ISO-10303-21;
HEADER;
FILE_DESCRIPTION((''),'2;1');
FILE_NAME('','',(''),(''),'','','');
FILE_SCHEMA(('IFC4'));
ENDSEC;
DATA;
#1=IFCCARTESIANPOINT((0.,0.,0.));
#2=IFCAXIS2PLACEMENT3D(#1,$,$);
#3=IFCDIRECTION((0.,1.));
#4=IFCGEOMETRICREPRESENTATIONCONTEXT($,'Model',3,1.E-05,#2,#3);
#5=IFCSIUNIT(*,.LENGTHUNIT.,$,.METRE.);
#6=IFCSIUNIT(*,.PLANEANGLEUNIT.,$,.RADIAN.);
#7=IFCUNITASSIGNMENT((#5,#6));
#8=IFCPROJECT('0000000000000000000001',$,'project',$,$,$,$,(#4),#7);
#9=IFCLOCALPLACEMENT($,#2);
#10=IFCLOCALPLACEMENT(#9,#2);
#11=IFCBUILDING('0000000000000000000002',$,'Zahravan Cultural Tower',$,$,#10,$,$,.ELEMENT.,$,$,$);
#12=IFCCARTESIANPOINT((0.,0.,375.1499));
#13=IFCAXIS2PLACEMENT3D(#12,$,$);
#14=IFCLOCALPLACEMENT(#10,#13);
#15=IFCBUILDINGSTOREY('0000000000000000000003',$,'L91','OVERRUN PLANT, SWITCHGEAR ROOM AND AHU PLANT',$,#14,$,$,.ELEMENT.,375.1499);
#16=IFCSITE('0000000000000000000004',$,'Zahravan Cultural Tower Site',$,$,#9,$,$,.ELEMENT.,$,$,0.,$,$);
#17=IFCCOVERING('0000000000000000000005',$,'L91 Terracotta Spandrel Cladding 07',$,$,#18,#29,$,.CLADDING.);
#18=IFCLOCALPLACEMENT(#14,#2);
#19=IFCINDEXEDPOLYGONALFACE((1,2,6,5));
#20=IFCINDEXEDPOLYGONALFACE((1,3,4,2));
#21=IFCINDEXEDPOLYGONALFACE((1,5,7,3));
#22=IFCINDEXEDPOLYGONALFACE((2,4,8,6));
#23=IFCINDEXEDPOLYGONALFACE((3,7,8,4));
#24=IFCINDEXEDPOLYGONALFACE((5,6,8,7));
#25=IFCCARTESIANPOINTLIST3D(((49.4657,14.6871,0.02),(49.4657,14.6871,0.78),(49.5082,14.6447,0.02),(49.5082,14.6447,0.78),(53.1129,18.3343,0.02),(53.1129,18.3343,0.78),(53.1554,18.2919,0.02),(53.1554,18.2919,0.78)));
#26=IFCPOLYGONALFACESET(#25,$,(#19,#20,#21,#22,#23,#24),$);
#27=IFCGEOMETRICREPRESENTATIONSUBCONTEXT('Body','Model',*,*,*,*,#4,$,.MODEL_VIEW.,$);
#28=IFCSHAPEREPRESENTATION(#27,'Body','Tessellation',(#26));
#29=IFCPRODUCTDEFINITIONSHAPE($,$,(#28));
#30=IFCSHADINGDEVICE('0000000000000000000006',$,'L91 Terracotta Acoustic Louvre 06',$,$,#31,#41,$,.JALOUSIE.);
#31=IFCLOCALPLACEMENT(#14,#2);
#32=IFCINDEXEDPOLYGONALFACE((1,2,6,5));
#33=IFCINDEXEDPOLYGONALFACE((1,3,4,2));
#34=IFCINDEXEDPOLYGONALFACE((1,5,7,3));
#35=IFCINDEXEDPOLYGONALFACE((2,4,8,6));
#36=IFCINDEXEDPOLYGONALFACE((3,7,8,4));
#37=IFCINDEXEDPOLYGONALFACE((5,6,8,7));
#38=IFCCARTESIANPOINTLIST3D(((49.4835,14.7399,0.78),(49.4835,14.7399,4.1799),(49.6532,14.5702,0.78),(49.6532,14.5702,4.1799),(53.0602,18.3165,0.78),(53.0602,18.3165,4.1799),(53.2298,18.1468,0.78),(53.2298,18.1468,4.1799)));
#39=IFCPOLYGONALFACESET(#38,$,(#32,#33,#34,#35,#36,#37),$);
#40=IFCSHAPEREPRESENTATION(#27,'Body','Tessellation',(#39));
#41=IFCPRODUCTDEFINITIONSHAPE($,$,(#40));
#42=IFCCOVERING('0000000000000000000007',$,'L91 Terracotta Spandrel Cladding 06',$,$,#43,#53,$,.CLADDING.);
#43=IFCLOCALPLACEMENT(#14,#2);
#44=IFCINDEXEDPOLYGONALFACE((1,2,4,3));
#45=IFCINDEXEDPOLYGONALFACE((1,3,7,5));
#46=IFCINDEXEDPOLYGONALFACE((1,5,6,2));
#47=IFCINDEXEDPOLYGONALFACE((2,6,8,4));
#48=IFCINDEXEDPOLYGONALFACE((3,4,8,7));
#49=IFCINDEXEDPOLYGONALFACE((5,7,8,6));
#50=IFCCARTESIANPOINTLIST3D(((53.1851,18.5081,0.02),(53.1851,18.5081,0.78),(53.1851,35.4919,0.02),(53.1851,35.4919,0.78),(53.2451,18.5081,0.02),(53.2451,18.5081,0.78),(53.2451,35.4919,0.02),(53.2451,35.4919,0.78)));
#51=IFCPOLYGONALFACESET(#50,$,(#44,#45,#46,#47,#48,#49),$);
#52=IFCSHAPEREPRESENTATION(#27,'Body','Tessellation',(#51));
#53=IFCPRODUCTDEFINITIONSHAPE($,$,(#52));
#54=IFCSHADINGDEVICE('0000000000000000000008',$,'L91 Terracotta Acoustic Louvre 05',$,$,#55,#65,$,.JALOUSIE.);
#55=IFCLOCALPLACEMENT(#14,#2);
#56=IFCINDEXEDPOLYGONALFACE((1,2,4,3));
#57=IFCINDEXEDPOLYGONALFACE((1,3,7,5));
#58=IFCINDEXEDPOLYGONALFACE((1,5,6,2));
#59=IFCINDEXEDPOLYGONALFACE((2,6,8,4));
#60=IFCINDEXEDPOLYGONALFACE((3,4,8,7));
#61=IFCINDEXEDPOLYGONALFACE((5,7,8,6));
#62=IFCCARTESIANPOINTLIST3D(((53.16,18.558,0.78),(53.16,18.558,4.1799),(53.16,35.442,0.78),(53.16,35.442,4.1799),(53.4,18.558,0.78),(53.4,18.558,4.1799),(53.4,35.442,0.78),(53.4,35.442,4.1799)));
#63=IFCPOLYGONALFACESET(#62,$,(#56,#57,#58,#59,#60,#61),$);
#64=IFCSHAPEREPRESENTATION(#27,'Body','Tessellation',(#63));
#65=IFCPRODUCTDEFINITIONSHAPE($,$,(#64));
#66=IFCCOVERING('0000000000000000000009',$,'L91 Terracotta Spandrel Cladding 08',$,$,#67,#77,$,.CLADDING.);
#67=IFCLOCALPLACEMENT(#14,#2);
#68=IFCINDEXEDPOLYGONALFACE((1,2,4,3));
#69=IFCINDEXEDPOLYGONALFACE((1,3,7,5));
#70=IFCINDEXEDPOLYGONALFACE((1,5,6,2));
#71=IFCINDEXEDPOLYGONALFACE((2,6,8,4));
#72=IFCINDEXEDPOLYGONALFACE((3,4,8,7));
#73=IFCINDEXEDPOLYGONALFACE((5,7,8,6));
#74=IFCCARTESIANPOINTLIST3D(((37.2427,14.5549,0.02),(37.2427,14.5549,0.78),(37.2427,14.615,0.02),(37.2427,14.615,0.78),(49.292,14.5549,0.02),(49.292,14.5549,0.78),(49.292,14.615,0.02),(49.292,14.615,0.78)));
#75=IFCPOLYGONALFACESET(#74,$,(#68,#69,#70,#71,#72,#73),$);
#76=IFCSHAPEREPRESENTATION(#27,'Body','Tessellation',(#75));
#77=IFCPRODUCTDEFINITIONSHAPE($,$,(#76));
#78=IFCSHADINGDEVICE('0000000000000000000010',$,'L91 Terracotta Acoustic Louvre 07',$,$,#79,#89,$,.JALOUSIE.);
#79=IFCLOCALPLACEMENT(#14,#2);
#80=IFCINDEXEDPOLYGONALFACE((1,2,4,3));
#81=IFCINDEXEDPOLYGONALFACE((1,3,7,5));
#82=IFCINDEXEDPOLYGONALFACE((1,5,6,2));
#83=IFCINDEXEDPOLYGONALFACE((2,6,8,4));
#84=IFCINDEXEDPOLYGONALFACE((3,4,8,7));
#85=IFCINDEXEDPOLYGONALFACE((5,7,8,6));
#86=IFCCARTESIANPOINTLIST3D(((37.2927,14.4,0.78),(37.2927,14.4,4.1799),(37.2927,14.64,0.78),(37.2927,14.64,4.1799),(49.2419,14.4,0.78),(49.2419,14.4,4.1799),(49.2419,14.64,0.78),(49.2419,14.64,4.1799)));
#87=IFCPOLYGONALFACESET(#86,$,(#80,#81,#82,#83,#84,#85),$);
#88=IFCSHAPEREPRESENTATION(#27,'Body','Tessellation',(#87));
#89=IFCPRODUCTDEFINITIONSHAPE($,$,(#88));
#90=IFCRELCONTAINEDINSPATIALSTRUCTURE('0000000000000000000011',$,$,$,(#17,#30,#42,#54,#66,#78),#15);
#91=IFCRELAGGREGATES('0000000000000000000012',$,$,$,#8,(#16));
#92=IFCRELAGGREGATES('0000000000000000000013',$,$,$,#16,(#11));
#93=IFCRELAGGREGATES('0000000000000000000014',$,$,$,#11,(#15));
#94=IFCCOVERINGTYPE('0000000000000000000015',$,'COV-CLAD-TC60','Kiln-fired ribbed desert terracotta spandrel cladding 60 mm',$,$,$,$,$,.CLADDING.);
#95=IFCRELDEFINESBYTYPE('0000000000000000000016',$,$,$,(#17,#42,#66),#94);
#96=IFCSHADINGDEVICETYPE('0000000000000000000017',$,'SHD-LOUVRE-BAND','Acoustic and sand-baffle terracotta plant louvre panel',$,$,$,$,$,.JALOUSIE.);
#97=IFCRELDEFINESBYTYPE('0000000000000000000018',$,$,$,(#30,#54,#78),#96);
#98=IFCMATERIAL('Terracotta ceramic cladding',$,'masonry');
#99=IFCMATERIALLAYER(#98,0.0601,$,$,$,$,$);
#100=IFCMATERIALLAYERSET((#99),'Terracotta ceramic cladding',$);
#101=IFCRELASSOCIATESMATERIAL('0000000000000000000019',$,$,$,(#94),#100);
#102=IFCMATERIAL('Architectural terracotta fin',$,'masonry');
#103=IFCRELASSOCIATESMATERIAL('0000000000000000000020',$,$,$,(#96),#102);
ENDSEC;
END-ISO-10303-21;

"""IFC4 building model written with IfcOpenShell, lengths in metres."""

from ifc_helpers import new_model, si_unit, direction, frame, origin, origin_2d, place, context, subcontext, project, spatial, rectangle, extrude, source, transform, mapped, material, layer, layer_set, type_object, element, save


model = new_model("IFC4")

# Units and contexts
model_context = context("Model", 3, precision=1e-05, world=origin(), true_north=direction((0.0, 1.0)))
body_context = subcontext(model_context, "Body", "Model", "MODEL_VIEW")
ifc_project = project(units=[si_unit("LENGTHUNIT", "METRE"), si_unit("PLANEANGLEUNIT", "RADIAN")], contexts=[model_context])

# Site, building, storey
site_placement = place(None, origin())
site = spatial("IfcSite", under=ifc_project, at=site_placement, Name="Zahravan Cultural Tower Site", CompositionType="ELEMENT", RefElevation=0.0)
building_placement = place(site_placement, origin())
building = spatial("IfcBuilding", under=site, at=building_placement, Name="Zahravan Cultural Tower", CompositionType="ELEMENT")
storey_placement = place(building_placement, frame((0.0, 0.0, 375.1499)))
storey = spatial("IfcBuildingStorey", under=building, at=storey_placement, Name="L91", Description="OVERRUN PLANT, SWITCHGEAR ROOM AND AHU PLANT", CompositionType="ELEMENT", Elevation=375.1499)

# Covering
ifc_material_1 = material(Name="Terracotta ceramic cladding", Category="masonry")
ifc_layer_1 = layer(ifc_material_1, 0.0601)
ifc_layer_set_1 = layer_set([ifc_layer_1], Name="Terracotta ceramic cladding")
covering_type = type_object("IfcCoveringType", Name="COV-CLAD-TC60", Description="Kiln-fired ribbed desert terracotta spandrel cladding 60 mm", PredefinedType="CLADDING", material=ifc_layer_set_1)
shared_shape_1 = source(origin(), body_context, "Body", "SweptSolid", [
    extrude(rectangle(XDim=5.158, YDim=0.0601, at=origin_2d()), origin(), (0.0, 0.0, 1.0), 0.76),
])
covering_1_placement = place(storey_placement, frame((51.3105, 16.4895, 0.02), z_axis=(0.0, 0.0, 1.0), x_axis=(-0.707107, -0.707107, 0.0)))
element("IfcCovering", 1, at=covering_1_placement, inside=storey, type_object=covering_type, Name="L91 Terracotta Spandrel Cladding 07", PredefinedType="CLADDING", context=body_context, shape_type="MappedRepresentation", body=[
    mapped(shared_shape_1, transform((0.0, 0.0, 0.0), x_axis=(1.0, 0.0, 0.0), y_axis=(0.0, 1.0, 0.0), z_axis=(0.0, 0.0, 1.0), scale=1.0)),
])

# Shading device
ifc_material_2 = material(Name="Architectural terracotta fin", Category="masonry")
shading_device_type = type_object("IfcShadingDeviceType", Name="SHD-LOUVRE-BAND", Description="Acoustic and sand-baffle terracotta plant louvre panel", PredefinedType="JALOUSIE", material=ifc_material_2)
shared_shape_2 = source(origin(), body_context, "Body", "SweptSolid", [
    extrude(rectangle(XDim=5.0581, YDim=0.24, at=origin_2d()), origin(), (0.0, 0.0, 1.0), 3.3999),
])
shading_device_1_placement = place(storey_placement, frame((51.3567, 16.4434, 0.78), z_axis=(0.0, 0.0, 1.0), x_axis=(-0.707107, -0.707107, 0.0)))
element("IfcShadingDevice", 2, at=shading_device_1_placement, inside=storey, type_object=shading_device_type, Name="L91 Terracotta Acoustic Louvre 06", PredefinedType="JALOUSIE", context=body_context, shape_type="MappedRepresentation", body=[
    mapped(shared_shape_2, transform((0.0, 0.0, 0.0), x_axis=(1.0, 0.0, 0.0), y_axis=(0.0, 1.0, 0.0), z_axis=(0.0, 0.0, 1.0), scale=1.0)),
])

# Covering
shared_shape_3 = source(origin(), body_context, "Body", "SweptSolid", [
    extrude(rectangle(XDim=16.9839, YDim=0.0601, at=origin_2d()), origin(), (0.0, 0.0, 1.0), 0.76),
])
covering_2_placement = place(storey_placement, frame((53.2151, 27.0, 0.02), z_axis=(0.0, 0.0, 1.0), x_axis=(0.0, -1.0, 0.0)))
element("IfcCovering", 3, at=covering_2_placement, inside=storey, type_object=covering_type, Name="L91 Terracotta Spandrel Cladding 06", PredefinedType="CLADDING", context=body_context, shape_type="MappedRepresentation", body=[
    mapped(shared_shape_3, transform((0.0, 0.0, 0.0), x_axis=(1.0, 0.0, 0.0), y_axis=(0.0, 1.0, 0.0), z_axis=(0.0, 0.0, 1.0), scale=1.0)),
])

# Shading device
shared_shape_4 = source(origin(), body_context, "Body", "SweptSolid", [
    extrude(rectangle(XDim=16.884, YDim=0.24, at=origin_2d()), origin(), (0.0, 0.0, 1.0), 3.3999),
])
shading_device_2_placement = place(storey_placement, frame((53.28, 27.0, 0.78), z_axis=(0.0, 0.0, 1.0), x_axis=(0.0, -1.0, 0.0)))
element("IfcShadingDevice", 4, at=shading_device_2_placement, inside=storey, type_object=shading_device_type, Name="L91 Terracotta Acoustic Louvre 05", PredefinedType="JALOUSIE", context=body_context, shape_type="MappedRepresentation", body=[
    mapped(shared_shape_4, transform((0.0, 0.0, 0.0), x_axis=(1.0, 0.0, 0.0), y_axis=(0.0, 1.0, 0.0), z_axis=(0.0, 0.0, 1.0), scale=1.0)),
])

# Covering
shared_shape_5 = source(origin(), body_context, "Body", "SweptSolid", [
    extrude(rectangle(XDim=12.0493, YDim=0.0601, at=origin_2d()), origin(), (0.0, 0.0, 1.0), 0.76),
])
covering_3_placement = place(storey_placement, frame((43.2673, 14.585, 0.02), z_axis=(0.0, 0.0, 1.0), x_axis=(-1.0, 0.0, 0.0)))
element("IfcCovering", 5, at=covering_3_placement, inside=storey, type_object=covering_type, Name="L91 Terracotta Spandrel Cladding 08", PredefinedType="CLADDING", context=body_context, shape_type="MappedRepresentation", body=[
    mapped(shared_shape_5, transform((0.0, 0.0, 0.0), x_axis=(1.0, 0.0, 0.0), y_axis=(0.0, 1.0, 0.0), z_axis=(0.0, 0.0, 1.0), scale=1.0)),
])

# Shading device
shared_shape_6 = source(origin(), body_context, "Body", "SweptSolid", [
    extrude(rectangle(XDim=11.9492, YDim=0.24, at=origin_2d()), origin(), (0.0, 0.0, 1.0), 3.3999),
])
shading_device_3_placement = place(storey_placement, frame((43.2673, 14.52, 0.78), z_axis=(0.0, 0.0, 1.0), x_axis=(-1.0, 0.0, 0.0)))
element("IfcShadingDevice", 6, at=shading_device_3_placement, inside=storey, type_object=shading_device_type, Name="L91 Terracotta Acoustic Louvre 07", PredefinedType="JALOUSIE", context=body_context, shape_type="MappedRepresentation", body=[
    mapped(shared_shape_6, transform((0.0, 0.0, 0.0), x_axis=(1.0, 0.0, 0.0), y_axis=(0.0, 1.0, 0.0), z_axis=(0.0, 0.0, 1.0), scale=1.0)),
])

save(model, "model.ifc")
